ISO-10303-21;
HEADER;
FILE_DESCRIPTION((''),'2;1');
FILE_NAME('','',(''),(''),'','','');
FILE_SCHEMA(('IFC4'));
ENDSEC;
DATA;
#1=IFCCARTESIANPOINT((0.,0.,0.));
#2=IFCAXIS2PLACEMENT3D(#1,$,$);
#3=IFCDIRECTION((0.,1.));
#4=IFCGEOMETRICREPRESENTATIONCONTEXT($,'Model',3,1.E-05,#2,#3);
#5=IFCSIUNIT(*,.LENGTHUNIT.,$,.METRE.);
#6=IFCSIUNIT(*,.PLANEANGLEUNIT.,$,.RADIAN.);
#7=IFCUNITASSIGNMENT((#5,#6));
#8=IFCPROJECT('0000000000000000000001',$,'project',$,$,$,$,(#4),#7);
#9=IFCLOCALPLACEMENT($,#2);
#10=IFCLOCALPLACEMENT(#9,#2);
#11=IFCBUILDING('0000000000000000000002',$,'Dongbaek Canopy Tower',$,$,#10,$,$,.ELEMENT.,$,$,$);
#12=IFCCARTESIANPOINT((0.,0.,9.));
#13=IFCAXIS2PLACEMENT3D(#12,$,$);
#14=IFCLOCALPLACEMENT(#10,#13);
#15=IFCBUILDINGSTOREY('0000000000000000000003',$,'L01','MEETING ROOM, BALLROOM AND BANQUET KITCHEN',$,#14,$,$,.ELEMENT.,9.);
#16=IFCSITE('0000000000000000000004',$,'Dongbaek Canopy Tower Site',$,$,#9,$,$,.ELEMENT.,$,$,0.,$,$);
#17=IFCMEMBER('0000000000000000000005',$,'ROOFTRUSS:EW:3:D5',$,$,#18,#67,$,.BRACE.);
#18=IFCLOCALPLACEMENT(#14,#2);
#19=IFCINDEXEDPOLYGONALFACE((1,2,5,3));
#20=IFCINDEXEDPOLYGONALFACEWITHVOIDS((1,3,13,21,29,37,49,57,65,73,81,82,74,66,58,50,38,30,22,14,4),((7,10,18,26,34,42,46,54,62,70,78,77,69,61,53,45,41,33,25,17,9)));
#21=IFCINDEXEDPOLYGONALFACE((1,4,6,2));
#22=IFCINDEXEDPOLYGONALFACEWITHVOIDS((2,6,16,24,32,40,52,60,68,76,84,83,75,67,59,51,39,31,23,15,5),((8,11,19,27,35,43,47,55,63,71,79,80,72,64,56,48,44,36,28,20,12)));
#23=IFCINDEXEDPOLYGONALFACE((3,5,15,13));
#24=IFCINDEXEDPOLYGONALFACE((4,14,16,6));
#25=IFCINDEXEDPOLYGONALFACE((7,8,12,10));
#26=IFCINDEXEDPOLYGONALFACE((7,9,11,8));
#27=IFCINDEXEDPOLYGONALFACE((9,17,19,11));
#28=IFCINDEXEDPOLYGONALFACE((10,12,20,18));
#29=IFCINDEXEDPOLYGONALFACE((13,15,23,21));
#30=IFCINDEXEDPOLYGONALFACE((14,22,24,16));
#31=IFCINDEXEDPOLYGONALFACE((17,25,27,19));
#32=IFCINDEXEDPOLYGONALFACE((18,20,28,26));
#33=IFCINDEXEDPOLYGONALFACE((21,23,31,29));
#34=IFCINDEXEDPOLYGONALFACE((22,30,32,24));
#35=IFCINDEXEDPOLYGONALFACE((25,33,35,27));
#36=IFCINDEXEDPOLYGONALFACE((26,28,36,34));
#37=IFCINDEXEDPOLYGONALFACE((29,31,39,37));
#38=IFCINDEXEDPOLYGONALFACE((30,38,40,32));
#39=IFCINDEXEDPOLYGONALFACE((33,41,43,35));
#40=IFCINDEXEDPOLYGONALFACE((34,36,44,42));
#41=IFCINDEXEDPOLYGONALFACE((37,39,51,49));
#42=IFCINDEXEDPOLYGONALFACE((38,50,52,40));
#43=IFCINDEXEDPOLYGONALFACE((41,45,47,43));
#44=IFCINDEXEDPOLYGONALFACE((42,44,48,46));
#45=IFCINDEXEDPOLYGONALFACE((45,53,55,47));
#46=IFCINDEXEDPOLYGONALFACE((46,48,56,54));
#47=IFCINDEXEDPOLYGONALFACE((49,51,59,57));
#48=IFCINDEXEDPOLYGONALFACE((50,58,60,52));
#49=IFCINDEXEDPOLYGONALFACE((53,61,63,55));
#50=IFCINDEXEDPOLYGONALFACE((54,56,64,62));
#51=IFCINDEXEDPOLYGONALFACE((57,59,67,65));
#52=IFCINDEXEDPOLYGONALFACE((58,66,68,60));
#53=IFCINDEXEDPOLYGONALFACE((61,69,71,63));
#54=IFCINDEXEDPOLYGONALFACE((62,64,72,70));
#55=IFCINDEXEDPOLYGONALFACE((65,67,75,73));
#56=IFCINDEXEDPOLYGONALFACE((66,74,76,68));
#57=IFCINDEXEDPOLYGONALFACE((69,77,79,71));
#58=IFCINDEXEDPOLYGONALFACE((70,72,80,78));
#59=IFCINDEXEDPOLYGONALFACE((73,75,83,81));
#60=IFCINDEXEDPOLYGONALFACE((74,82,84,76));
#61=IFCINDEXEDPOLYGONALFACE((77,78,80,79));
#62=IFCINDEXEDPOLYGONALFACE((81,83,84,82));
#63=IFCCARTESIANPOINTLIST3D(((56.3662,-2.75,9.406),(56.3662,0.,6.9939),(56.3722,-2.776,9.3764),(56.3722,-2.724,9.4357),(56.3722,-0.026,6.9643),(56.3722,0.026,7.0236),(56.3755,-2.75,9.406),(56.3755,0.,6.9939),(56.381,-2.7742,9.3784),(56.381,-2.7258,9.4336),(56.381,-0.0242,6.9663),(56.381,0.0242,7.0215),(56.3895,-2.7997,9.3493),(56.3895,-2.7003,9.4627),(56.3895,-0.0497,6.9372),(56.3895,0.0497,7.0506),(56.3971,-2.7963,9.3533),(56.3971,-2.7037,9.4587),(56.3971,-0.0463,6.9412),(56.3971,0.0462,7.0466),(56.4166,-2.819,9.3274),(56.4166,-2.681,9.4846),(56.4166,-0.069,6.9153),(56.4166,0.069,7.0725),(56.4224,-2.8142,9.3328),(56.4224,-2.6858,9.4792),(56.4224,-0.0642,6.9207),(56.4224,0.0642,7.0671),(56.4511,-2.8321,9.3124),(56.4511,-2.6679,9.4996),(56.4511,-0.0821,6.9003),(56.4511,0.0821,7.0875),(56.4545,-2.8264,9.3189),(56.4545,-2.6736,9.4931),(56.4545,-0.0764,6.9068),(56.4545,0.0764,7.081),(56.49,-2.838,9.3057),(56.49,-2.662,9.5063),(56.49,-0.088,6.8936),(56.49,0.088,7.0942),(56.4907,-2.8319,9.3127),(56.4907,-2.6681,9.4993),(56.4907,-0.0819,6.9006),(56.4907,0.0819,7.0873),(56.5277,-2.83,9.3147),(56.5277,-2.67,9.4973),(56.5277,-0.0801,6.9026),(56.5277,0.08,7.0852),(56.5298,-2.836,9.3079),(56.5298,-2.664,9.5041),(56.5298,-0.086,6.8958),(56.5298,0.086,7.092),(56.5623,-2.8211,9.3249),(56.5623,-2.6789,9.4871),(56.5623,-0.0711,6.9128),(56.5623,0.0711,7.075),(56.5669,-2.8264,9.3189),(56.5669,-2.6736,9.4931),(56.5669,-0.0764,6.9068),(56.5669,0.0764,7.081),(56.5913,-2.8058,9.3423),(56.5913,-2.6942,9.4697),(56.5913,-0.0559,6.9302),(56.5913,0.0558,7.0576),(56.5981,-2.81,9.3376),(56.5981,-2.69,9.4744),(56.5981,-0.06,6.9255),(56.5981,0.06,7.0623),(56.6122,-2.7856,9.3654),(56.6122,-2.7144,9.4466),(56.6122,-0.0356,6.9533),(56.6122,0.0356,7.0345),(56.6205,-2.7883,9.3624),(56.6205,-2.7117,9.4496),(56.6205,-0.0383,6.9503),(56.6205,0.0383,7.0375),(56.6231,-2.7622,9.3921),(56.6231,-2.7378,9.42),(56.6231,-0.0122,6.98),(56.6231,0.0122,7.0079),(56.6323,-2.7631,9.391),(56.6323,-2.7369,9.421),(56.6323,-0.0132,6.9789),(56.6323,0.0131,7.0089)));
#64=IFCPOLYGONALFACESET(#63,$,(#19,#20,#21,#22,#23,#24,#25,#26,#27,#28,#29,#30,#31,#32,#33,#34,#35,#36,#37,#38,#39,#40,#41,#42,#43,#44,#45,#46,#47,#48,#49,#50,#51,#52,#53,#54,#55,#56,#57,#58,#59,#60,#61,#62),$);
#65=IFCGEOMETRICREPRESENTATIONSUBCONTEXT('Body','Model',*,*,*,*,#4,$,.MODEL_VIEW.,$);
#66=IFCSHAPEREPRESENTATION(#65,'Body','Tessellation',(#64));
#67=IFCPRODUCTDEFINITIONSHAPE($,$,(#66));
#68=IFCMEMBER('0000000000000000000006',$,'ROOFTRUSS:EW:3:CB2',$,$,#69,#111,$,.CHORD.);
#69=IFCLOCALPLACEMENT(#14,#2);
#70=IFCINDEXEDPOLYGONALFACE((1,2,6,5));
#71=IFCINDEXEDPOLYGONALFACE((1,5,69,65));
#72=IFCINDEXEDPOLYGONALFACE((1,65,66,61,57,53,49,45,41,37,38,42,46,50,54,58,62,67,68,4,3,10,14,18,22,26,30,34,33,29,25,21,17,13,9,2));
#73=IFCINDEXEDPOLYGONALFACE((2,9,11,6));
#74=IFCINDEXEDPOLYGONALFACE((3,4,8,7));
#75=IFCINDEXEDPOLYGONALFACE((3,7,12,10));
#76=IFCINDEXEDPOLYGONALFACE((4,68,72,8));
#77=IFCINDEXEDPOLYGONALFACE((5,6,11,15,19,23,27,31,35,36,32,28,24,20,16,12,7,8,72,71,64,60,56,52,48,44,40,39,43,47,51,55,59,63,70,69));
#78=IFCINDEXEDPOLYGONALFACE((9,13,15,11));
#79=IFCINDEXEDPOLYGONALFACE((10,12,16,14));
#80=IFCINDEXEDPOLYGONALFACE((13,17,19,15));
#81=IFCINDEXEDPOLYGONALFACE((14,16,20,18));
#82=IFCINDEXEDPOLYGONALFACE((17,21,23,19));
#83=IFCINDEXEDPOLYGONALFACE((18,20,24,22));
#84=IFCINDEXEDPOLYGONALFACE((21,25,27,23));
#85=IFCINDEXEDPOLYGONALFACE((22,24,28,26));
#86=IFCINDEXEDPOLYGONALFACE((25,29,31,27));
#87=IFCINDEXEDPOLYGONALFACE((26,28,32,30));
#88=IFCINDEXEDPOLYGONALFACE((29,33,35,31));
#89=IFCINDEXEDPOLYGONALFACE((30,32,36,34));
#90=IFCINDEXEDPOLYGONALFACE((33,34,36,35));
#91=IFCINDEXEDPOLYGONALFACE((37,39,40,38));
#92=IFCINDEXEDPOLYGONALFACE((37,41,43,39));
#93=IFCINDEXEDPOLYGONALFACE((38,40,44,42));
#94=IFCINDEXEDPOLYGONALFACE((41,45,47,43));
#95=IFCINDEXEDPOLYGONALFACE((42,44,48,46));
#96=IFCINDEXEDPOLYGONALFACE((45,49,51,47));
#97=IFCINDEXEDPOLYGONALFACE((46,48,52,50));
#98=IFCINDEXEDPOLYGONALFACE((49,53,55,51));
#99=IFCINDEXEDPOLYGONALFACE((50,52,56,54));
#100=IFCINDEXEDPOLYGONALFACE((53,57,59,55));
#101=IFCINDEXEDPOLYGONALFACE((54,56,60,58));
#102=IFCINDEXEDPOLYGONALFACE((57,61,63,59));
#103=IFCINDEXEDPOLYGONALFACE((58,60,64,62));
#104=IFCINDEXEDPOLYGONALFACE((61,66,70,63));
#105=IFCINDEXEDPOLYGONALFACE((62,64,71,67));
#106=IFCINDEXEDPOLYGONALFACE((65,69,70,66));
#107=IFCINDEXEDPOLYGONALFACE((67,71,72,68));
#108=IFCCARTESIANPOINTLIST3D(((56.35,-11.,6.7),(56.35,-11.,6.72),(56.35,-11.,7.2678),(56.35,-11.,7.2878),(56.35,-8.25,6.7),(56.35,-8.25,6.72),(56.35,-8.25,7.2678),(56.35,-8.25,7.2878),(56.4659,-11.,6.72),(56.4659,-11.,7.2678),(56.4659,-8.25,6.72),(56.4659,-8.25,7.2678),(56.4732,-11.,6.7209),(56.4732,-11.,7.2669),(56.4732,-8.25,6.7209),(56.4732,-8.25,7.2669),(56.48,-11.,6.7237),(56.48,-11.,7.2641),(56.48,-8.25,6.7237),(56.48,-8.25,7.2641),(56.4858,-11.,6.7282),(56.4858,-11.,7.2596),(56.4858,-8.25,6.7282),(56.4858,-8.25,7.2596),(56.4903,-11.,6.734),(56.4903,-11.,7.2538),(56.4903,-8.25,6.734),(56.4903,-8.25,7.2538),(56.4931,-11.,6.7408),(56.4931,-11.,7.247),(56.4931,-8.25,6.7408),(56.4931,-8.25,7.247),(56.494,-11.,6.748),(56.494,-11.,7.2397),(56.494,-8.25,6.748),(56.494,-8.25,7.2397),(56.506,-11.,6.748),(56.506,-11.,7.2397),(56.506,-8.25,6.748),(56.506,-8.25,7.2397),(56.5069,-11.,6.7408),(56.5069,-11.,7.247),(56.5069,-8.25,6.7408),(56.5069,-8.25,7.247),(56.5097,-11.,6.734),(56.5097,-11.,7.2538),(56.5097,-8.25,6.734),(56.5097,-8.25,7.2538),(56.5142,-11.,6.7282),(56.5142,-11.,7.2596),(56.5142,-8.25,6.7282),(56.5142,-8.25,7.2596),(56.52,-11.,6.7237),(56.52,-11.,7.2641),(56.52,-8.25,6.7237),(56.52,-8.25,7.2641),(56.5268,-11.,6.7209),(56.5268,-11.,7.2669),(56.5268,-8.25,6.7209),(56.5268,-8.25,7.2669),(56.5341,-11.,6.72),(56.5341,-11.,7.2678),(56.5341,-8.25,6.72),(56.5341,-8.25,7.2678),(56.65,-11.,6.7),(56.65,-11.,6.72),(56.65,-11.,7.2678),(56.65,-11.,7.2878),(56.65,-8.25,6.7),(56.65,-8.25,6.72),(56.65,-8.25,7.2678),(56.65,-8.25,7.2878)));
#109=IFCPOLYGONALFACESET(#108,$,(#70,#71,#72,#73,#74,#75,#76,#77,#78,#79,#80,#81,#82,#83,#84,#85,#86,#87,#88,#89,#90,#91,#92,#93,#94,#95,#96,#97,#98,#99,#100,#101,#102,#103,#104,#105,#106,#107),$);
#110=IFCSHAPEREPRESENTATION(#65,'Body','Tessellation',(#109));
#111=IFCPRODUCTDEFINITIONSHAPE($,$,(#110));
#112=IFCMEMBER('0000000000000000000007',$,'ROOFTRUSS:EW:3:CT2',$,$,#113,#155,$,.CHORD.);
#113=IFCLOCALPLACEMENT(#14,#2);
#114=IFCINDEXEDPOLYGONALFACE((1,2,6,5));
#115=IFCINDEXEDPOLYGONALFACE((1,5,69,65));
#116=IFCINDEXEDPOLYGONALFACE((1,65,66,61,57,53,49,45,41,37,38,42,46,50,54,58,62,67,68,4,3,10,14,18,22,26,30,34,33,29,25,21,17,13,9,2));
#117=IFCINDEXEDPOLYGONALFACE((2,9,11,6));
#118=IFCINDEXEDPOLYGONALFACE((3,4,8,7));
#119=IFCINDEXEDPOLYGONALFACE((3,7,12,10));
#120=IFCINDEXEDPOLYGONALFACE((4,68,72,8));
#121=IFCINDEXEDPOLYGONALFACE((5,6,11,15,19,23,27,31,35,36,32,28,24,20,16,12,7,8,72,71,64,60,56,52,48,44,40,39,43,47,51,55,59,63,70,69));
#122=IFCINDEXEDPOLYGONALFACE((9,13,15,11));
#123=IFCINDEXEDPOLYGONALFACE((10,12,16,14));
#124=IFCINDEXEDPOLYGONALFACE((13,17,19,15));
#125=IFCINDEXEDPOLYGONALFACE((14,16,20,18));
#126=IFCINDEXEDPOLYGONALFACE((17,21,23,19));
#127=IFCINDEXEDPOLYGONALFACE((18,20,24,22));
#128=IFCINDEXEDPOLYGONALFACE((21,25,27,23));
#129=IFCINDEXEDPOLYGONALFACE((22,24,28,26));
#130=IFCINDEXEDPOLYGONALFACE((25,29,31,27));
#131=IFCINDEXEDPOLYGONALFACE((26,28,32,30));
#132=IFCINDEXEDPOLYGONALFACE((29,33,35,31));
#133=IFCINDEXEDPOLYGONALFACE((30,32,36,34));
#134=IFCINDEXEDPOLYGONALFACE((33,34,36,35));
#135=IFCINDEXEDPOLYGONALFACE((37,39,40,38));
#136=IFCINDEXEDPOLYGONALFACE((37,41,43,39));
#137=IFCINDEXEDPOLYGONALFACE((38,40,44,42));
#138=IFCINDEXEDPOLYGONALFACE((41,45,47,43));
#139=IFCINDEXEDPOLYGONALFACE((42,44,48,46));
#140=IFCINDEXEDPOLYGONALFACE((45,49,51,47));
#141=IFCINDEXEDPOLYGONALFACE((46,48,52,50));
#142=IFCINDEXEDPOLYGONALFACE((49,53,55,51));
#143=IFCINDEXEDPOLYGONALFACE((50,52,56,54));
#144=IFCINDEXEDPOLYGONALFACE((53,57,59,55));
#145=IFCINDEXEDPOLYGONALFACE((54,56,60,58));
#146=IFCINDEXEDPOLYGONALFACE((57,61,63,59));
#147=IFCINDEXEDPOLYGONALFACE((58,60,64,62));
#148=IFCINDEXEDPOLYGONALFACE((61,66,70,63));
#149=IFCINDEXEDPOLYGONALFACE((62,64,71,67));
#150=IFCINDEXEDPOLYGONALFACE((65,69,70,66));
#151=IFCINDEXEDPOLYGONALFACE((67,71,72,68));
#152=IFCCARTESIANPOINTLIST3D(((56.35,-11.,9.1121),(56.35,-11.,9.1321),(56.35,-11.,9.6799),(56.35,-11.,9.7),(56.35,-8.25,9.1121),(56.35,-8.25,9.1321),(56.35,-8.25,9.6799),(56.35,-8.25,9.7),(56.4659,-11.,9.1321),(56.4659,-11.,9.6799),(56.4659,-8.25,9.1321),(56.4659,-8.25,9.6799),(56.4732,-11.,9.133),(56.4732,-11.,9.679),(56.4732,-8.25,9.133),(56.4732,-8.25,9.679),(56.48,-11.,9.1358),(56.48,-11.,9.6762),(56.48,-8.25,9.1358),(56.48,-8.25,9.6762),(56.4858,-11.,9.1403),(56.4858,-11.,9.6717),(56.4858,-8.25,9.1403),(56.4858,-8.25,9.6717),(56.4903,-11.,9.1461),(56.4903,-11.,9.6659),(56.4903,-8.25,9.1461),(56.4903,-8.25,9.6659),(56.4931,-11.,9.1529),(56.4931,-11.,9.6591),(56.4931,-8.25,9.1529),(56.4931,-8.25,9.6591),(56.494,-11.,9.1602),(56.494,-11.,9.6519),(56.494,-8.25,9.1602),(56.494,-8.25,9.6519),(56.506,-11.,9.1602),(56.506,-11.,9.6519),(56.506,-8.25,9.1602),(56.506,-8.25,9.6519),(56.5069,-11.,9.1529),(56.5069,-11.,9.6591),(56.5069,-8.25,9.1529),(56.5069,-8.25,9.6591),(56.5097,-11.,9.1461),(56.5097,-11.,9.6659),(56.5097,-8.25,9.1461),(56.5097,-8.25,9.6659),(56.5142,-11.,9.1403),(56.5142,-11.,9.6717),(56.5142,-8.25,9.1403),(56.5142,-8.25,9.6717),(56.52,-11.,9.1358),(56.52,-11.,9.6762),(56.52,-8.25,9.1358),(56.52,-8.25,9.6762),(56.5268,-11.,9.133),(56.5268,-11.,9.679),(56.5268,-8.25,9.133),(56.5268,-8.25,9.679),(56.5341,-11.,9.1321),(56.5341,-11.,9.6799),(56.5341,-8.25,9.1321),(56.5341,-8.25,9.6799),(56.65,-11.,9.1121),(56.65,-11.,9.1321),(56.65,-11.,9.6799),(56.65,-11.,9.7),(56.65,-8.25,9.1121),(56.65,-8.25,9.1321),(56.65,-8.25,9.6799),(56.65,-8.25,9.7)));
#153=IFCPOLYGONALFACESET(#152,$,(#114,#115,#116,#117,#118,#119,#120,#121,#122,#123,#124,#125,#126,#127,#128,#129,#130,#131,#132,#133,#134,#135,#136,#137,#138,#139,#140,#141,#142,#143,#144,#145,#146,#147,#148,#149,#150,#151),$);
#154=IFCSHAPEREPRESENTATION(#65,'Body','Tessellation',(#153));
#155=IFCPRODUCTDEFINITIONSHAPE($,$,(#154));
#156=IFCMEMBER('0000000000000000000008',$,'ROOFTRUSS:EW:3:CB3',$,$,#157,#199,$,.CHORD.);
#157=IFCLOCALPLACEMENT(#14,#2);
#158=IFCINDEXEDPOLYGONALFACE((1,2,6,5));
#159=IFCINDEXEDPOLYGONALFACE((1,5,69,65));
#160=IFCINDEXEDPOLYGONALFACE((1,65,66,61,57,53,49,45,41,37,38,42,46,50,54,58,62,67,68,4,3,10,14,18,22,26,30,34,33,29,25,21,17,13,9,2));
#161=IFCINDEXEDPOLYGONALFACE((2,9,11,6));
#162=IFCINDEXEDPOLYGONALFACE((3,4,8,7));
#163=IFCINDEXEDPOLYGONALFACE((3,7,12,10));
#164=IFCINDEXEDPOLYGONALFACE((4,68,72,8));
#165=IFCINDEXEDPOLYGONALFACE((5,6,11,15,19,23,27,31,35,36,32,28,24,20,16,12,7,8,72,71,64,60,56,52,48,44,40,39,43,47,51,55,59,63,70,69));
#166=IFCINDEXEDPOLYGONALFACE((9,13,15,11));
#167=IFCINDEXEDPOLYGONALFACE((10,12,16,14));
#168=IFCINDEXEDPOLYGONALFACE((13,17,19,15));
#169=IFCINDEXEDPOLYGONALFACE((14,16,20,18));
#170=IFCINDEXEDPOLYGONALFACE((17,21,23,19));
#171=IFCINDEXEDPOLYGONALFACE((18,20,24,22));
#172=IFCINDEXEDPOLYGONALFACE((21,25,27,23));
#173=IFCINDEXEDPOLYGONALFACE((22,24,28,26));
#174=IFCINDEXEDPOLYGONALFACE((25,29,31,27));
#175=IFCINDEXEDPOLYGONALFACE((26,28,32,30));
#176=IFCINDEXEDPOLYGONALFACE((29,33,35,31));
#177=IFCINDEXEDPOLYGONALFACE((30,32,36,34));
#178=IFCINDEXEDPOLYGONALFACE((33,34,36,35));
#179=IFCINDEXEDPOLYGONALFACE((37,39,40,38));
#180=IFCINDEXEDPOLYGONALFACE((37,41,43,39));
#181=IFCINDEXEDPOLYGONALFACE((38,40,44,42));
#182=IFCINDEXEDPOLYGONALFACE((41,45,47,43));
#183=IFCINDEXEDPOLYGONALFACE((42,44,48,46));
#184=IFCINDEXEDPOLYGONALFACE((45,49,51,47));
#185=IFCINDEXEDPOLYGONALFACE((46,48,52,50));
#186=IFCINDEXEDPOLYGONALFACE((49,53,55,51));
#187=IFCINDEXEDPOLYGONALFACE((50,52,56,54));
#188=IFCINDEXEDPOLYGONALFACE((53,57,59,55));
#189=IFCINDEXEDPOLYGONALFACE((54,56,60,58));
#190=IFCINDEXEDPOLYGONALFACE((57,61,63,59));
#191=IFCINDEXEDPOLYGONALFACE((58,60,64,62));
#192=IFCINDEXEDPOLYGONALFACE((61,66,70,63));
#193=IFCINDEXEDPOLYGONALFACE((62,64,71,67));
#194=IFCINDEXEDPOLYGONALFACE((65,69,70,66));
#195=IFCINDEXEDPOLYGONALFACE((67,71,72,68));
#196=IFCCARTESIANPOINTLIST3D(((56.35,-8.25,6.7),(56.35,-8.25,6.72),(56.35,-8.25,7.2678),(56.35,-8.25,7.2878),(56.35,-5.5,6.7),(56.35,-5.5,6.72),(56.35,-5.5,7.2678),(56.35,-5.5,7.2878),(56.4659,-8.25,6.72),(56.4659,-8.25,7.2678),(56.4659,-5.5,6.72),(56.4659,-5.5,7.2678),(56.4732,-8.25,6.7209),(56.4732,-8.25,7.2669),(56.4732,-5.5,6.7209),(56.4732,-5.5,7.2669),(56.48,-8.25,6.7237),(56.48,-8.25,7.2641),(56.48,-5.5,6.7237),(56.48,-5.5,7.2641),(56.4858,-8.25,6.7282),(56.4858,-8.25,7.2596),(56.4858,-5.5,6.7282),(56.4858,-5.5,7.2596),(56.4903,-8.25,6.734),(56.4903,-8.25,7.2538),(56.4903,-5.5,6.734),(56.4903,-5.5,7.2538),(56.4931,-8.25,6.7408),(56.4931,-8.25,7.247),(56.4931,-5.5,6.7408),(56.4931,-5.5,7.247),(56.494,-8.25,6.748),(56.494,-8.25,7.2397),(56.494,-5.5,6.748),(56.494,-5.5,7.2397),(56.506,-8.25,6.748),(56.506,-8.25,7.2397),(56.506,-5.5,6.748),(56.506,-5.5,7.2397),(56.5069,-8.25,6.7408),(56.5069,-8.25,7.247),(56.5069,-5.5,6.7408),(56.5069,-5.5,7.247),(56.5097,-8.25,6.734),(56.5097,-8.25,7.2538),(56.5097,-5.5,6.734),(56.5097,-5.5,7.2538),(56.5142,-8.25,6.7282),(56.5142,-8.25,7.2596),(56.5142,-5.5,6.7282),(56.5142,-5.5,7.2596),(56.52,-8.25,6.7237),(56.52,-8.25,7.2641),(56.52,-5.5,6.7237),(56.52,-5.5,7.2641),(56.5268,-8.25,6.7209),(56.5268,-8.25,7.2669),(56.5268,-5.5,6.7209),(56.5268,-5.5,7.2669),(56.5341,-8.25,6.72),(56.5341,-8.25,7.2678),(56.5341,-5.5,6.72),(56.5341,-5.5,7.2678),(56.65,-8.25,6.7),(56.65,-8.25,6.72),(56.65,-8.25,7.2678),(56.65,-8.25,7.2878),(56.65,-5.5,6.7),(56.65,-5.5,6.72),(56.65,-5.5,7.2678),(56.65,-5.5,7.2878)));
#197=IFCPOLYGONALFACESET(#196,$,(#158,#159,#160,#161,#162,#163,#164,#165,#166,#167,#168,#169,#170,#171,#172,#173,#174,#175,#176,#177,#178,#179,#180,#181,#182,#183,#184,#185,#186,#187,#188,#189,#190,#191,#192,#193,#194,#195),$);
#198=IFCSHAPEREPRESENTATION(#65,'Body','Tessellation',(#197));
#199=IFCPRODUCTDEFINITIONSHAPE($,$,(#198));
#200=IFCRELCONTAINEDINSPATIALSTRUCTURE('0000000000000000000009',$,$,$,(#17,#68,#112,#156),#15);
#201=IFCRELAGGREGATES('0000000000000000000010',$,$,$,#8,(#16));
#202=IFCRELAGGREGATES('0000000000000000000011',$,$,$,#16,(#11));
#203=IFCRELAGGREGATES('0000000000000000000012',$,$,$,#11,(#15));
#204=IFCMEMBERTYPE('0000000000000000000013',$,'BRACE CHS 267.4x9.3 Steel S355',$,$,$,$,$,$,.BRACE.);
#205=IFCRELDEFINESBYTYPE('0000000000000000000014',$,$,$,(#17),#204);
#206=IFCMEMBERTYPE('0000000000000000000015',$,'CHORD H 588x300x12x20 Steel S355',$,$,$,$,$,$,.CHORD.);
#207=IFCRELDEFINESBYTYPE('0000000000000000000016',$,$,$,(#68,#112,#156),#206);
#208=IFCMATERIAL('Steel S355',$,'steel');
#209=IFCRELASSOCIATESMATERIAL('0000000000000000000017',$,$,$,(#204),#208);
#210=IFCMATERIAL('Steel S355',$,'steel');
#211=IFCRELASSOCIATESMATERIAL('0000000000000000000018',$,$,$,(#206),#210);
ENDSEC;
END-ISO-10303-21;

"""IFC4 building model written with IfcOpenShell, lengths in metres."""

from ifc_helpers import new_model, si_unit, direction, frame, origin, origin_2d, place, context, subcontext, project, spatial, hollow_circle, i_section, extrude, material, material_profile, profile_set, type_object, element, save


model = new_model("IFC4")

# Units and contexts
model_context = context("Model", 3, precision=1e-05, world=origin(), true_north=direction((0.0, 1.0)))
body_context = subcontext(model_context, "Body", "Model", "MODEL_VIEW")
ifc_project = project(units=[si_unit("LENGTHUNIT", "METRE"), si_unit("PLANEANGLEUNIT", "RADIAN")], contexts=[model_context])

# Site, building, storey
site_placement = place(None, origin())
site = spatial("IfcSite", under=ifc_project, at=site_placement, Name="Dongbaek Canopy Tower Site", CompositionType="ELEMENT", RefElevation=0.0)
building_placement = place(site_placement, origin())
building = spatial("IfcBuilding", under=site, at=building_placement, Name="Dongbaek Canopy Tower", CompositionType="ELEMENT")
storey_placement = place(building_placement, frame((0.0, 0.0, 9.0)))
storey = spatial("IfcBuildingStorey", under=building, at=storey_placement, Name="L01", Description="MEETING ROOM, BALLROOM AND BANQUET KITCHEN", CompositionType="ELEMENT", Elevation=9.0)

# Members
ifc_material_1 = material(Name="Steel S355", Category="steel")
ifc_material_profile_1 = material_profile(ifc_material_1, hollow_circle(Radius=0.1338, WallThickness=0.0093, at=origin_2d()), Name="BRACE CHS 267.4x9.3 Steel S355")
ifc_profile_set_1 = profile_set([ifc_material_profile_1], Name="Steel S355")
member_type_1 = type_object("IfcMemberType", Name="BRACE CHS 267.4x9.3 Steel S355", PredefinedType="BRACE", material=ifc_profile_set_1)
for number, where, z_axis, x_axis, name in (
    (1, (56.5, -2.75, 9.406), (0.0, 0.751782, -0.659411), (-1.0, 0.0, 0.0), "ROOFTRUSS:EW:3:D5"),
):
    element("IfcMember", number, at=place(storey_placement, frame(where, z_axis=z_axis, x_axis=x_axis)), inside=storey, type_object=member_type_1, Name=name, PredefinedType="BRACE", context=body_context, shape_type="SweptSolid", body=[
        extrude(hollow_circle(Radius=0.1338, WallThickness=0.0093, at=origin_2d()), origin(), (0.0, 0.0, 1.0), 3.658),
    ])
ifc_material_2 = material(Name="Steel S355", Category="steel")
ifc_material_profile_2 = material_profile(ifc_material_2, i_section(OverallWidth=0.3, OverallDepth=0.5879, WebThickness=0.012, FlangeThickness=0.02, FilletRadius=0.0281, at=origin_2d()), Name="CHORD H 588x300x12x20 Steel S355")
ifc_profile_set_2 = profile_set([ifc_material_profile_2], Name="Steel S355")
member_type_2 = type_object("IfcMemberType", Name="CHORD H 588x300x12x20 Steel S355", PredefinedType="CHORD", material=ifc_profile_set_2)
for number, where, z_axis, x_axis, name in (
    (2, (56.5, -11.0, 6.9939), (0.0, 1.0, 0.0), (-1.0, 0.0, 0.0), "ROOFTRUSS:EW:3:CB2"),
    (3, (56.5, -11.0, 9.406), (0.0, 1.0, 0.0), (-1.0, 0.0, 0.0), "ROOFTRUSS:EW:3:CT2"),
    (4, (56.5, -8.25, 6.9939), (0.0, 1.0, 0.0), (-1.0, 0.0, 0.0), "ROOFTRUSS:EW:3:CB3"),
):
    element("IfcMember", number, at=place(storey_placement, frame(where, z_axis=z_axis, x_axis=x_axis)), inside=storey, type_object=member_type_2, Name=name, PredefinedType="CHORD", context=body_context, shape_type="SweptSolid", body=[
        extrude(i_section(OverallWidth=0.3, OverallDepth=0.5879, WebThickness=0.012, FlangeThickness=0.02, FilletRadius=0.0281, at=origin_2d()), origin(), (0.0, 0.0, 1.0), 2.75),
    ])

save(model, "model.ifc")
